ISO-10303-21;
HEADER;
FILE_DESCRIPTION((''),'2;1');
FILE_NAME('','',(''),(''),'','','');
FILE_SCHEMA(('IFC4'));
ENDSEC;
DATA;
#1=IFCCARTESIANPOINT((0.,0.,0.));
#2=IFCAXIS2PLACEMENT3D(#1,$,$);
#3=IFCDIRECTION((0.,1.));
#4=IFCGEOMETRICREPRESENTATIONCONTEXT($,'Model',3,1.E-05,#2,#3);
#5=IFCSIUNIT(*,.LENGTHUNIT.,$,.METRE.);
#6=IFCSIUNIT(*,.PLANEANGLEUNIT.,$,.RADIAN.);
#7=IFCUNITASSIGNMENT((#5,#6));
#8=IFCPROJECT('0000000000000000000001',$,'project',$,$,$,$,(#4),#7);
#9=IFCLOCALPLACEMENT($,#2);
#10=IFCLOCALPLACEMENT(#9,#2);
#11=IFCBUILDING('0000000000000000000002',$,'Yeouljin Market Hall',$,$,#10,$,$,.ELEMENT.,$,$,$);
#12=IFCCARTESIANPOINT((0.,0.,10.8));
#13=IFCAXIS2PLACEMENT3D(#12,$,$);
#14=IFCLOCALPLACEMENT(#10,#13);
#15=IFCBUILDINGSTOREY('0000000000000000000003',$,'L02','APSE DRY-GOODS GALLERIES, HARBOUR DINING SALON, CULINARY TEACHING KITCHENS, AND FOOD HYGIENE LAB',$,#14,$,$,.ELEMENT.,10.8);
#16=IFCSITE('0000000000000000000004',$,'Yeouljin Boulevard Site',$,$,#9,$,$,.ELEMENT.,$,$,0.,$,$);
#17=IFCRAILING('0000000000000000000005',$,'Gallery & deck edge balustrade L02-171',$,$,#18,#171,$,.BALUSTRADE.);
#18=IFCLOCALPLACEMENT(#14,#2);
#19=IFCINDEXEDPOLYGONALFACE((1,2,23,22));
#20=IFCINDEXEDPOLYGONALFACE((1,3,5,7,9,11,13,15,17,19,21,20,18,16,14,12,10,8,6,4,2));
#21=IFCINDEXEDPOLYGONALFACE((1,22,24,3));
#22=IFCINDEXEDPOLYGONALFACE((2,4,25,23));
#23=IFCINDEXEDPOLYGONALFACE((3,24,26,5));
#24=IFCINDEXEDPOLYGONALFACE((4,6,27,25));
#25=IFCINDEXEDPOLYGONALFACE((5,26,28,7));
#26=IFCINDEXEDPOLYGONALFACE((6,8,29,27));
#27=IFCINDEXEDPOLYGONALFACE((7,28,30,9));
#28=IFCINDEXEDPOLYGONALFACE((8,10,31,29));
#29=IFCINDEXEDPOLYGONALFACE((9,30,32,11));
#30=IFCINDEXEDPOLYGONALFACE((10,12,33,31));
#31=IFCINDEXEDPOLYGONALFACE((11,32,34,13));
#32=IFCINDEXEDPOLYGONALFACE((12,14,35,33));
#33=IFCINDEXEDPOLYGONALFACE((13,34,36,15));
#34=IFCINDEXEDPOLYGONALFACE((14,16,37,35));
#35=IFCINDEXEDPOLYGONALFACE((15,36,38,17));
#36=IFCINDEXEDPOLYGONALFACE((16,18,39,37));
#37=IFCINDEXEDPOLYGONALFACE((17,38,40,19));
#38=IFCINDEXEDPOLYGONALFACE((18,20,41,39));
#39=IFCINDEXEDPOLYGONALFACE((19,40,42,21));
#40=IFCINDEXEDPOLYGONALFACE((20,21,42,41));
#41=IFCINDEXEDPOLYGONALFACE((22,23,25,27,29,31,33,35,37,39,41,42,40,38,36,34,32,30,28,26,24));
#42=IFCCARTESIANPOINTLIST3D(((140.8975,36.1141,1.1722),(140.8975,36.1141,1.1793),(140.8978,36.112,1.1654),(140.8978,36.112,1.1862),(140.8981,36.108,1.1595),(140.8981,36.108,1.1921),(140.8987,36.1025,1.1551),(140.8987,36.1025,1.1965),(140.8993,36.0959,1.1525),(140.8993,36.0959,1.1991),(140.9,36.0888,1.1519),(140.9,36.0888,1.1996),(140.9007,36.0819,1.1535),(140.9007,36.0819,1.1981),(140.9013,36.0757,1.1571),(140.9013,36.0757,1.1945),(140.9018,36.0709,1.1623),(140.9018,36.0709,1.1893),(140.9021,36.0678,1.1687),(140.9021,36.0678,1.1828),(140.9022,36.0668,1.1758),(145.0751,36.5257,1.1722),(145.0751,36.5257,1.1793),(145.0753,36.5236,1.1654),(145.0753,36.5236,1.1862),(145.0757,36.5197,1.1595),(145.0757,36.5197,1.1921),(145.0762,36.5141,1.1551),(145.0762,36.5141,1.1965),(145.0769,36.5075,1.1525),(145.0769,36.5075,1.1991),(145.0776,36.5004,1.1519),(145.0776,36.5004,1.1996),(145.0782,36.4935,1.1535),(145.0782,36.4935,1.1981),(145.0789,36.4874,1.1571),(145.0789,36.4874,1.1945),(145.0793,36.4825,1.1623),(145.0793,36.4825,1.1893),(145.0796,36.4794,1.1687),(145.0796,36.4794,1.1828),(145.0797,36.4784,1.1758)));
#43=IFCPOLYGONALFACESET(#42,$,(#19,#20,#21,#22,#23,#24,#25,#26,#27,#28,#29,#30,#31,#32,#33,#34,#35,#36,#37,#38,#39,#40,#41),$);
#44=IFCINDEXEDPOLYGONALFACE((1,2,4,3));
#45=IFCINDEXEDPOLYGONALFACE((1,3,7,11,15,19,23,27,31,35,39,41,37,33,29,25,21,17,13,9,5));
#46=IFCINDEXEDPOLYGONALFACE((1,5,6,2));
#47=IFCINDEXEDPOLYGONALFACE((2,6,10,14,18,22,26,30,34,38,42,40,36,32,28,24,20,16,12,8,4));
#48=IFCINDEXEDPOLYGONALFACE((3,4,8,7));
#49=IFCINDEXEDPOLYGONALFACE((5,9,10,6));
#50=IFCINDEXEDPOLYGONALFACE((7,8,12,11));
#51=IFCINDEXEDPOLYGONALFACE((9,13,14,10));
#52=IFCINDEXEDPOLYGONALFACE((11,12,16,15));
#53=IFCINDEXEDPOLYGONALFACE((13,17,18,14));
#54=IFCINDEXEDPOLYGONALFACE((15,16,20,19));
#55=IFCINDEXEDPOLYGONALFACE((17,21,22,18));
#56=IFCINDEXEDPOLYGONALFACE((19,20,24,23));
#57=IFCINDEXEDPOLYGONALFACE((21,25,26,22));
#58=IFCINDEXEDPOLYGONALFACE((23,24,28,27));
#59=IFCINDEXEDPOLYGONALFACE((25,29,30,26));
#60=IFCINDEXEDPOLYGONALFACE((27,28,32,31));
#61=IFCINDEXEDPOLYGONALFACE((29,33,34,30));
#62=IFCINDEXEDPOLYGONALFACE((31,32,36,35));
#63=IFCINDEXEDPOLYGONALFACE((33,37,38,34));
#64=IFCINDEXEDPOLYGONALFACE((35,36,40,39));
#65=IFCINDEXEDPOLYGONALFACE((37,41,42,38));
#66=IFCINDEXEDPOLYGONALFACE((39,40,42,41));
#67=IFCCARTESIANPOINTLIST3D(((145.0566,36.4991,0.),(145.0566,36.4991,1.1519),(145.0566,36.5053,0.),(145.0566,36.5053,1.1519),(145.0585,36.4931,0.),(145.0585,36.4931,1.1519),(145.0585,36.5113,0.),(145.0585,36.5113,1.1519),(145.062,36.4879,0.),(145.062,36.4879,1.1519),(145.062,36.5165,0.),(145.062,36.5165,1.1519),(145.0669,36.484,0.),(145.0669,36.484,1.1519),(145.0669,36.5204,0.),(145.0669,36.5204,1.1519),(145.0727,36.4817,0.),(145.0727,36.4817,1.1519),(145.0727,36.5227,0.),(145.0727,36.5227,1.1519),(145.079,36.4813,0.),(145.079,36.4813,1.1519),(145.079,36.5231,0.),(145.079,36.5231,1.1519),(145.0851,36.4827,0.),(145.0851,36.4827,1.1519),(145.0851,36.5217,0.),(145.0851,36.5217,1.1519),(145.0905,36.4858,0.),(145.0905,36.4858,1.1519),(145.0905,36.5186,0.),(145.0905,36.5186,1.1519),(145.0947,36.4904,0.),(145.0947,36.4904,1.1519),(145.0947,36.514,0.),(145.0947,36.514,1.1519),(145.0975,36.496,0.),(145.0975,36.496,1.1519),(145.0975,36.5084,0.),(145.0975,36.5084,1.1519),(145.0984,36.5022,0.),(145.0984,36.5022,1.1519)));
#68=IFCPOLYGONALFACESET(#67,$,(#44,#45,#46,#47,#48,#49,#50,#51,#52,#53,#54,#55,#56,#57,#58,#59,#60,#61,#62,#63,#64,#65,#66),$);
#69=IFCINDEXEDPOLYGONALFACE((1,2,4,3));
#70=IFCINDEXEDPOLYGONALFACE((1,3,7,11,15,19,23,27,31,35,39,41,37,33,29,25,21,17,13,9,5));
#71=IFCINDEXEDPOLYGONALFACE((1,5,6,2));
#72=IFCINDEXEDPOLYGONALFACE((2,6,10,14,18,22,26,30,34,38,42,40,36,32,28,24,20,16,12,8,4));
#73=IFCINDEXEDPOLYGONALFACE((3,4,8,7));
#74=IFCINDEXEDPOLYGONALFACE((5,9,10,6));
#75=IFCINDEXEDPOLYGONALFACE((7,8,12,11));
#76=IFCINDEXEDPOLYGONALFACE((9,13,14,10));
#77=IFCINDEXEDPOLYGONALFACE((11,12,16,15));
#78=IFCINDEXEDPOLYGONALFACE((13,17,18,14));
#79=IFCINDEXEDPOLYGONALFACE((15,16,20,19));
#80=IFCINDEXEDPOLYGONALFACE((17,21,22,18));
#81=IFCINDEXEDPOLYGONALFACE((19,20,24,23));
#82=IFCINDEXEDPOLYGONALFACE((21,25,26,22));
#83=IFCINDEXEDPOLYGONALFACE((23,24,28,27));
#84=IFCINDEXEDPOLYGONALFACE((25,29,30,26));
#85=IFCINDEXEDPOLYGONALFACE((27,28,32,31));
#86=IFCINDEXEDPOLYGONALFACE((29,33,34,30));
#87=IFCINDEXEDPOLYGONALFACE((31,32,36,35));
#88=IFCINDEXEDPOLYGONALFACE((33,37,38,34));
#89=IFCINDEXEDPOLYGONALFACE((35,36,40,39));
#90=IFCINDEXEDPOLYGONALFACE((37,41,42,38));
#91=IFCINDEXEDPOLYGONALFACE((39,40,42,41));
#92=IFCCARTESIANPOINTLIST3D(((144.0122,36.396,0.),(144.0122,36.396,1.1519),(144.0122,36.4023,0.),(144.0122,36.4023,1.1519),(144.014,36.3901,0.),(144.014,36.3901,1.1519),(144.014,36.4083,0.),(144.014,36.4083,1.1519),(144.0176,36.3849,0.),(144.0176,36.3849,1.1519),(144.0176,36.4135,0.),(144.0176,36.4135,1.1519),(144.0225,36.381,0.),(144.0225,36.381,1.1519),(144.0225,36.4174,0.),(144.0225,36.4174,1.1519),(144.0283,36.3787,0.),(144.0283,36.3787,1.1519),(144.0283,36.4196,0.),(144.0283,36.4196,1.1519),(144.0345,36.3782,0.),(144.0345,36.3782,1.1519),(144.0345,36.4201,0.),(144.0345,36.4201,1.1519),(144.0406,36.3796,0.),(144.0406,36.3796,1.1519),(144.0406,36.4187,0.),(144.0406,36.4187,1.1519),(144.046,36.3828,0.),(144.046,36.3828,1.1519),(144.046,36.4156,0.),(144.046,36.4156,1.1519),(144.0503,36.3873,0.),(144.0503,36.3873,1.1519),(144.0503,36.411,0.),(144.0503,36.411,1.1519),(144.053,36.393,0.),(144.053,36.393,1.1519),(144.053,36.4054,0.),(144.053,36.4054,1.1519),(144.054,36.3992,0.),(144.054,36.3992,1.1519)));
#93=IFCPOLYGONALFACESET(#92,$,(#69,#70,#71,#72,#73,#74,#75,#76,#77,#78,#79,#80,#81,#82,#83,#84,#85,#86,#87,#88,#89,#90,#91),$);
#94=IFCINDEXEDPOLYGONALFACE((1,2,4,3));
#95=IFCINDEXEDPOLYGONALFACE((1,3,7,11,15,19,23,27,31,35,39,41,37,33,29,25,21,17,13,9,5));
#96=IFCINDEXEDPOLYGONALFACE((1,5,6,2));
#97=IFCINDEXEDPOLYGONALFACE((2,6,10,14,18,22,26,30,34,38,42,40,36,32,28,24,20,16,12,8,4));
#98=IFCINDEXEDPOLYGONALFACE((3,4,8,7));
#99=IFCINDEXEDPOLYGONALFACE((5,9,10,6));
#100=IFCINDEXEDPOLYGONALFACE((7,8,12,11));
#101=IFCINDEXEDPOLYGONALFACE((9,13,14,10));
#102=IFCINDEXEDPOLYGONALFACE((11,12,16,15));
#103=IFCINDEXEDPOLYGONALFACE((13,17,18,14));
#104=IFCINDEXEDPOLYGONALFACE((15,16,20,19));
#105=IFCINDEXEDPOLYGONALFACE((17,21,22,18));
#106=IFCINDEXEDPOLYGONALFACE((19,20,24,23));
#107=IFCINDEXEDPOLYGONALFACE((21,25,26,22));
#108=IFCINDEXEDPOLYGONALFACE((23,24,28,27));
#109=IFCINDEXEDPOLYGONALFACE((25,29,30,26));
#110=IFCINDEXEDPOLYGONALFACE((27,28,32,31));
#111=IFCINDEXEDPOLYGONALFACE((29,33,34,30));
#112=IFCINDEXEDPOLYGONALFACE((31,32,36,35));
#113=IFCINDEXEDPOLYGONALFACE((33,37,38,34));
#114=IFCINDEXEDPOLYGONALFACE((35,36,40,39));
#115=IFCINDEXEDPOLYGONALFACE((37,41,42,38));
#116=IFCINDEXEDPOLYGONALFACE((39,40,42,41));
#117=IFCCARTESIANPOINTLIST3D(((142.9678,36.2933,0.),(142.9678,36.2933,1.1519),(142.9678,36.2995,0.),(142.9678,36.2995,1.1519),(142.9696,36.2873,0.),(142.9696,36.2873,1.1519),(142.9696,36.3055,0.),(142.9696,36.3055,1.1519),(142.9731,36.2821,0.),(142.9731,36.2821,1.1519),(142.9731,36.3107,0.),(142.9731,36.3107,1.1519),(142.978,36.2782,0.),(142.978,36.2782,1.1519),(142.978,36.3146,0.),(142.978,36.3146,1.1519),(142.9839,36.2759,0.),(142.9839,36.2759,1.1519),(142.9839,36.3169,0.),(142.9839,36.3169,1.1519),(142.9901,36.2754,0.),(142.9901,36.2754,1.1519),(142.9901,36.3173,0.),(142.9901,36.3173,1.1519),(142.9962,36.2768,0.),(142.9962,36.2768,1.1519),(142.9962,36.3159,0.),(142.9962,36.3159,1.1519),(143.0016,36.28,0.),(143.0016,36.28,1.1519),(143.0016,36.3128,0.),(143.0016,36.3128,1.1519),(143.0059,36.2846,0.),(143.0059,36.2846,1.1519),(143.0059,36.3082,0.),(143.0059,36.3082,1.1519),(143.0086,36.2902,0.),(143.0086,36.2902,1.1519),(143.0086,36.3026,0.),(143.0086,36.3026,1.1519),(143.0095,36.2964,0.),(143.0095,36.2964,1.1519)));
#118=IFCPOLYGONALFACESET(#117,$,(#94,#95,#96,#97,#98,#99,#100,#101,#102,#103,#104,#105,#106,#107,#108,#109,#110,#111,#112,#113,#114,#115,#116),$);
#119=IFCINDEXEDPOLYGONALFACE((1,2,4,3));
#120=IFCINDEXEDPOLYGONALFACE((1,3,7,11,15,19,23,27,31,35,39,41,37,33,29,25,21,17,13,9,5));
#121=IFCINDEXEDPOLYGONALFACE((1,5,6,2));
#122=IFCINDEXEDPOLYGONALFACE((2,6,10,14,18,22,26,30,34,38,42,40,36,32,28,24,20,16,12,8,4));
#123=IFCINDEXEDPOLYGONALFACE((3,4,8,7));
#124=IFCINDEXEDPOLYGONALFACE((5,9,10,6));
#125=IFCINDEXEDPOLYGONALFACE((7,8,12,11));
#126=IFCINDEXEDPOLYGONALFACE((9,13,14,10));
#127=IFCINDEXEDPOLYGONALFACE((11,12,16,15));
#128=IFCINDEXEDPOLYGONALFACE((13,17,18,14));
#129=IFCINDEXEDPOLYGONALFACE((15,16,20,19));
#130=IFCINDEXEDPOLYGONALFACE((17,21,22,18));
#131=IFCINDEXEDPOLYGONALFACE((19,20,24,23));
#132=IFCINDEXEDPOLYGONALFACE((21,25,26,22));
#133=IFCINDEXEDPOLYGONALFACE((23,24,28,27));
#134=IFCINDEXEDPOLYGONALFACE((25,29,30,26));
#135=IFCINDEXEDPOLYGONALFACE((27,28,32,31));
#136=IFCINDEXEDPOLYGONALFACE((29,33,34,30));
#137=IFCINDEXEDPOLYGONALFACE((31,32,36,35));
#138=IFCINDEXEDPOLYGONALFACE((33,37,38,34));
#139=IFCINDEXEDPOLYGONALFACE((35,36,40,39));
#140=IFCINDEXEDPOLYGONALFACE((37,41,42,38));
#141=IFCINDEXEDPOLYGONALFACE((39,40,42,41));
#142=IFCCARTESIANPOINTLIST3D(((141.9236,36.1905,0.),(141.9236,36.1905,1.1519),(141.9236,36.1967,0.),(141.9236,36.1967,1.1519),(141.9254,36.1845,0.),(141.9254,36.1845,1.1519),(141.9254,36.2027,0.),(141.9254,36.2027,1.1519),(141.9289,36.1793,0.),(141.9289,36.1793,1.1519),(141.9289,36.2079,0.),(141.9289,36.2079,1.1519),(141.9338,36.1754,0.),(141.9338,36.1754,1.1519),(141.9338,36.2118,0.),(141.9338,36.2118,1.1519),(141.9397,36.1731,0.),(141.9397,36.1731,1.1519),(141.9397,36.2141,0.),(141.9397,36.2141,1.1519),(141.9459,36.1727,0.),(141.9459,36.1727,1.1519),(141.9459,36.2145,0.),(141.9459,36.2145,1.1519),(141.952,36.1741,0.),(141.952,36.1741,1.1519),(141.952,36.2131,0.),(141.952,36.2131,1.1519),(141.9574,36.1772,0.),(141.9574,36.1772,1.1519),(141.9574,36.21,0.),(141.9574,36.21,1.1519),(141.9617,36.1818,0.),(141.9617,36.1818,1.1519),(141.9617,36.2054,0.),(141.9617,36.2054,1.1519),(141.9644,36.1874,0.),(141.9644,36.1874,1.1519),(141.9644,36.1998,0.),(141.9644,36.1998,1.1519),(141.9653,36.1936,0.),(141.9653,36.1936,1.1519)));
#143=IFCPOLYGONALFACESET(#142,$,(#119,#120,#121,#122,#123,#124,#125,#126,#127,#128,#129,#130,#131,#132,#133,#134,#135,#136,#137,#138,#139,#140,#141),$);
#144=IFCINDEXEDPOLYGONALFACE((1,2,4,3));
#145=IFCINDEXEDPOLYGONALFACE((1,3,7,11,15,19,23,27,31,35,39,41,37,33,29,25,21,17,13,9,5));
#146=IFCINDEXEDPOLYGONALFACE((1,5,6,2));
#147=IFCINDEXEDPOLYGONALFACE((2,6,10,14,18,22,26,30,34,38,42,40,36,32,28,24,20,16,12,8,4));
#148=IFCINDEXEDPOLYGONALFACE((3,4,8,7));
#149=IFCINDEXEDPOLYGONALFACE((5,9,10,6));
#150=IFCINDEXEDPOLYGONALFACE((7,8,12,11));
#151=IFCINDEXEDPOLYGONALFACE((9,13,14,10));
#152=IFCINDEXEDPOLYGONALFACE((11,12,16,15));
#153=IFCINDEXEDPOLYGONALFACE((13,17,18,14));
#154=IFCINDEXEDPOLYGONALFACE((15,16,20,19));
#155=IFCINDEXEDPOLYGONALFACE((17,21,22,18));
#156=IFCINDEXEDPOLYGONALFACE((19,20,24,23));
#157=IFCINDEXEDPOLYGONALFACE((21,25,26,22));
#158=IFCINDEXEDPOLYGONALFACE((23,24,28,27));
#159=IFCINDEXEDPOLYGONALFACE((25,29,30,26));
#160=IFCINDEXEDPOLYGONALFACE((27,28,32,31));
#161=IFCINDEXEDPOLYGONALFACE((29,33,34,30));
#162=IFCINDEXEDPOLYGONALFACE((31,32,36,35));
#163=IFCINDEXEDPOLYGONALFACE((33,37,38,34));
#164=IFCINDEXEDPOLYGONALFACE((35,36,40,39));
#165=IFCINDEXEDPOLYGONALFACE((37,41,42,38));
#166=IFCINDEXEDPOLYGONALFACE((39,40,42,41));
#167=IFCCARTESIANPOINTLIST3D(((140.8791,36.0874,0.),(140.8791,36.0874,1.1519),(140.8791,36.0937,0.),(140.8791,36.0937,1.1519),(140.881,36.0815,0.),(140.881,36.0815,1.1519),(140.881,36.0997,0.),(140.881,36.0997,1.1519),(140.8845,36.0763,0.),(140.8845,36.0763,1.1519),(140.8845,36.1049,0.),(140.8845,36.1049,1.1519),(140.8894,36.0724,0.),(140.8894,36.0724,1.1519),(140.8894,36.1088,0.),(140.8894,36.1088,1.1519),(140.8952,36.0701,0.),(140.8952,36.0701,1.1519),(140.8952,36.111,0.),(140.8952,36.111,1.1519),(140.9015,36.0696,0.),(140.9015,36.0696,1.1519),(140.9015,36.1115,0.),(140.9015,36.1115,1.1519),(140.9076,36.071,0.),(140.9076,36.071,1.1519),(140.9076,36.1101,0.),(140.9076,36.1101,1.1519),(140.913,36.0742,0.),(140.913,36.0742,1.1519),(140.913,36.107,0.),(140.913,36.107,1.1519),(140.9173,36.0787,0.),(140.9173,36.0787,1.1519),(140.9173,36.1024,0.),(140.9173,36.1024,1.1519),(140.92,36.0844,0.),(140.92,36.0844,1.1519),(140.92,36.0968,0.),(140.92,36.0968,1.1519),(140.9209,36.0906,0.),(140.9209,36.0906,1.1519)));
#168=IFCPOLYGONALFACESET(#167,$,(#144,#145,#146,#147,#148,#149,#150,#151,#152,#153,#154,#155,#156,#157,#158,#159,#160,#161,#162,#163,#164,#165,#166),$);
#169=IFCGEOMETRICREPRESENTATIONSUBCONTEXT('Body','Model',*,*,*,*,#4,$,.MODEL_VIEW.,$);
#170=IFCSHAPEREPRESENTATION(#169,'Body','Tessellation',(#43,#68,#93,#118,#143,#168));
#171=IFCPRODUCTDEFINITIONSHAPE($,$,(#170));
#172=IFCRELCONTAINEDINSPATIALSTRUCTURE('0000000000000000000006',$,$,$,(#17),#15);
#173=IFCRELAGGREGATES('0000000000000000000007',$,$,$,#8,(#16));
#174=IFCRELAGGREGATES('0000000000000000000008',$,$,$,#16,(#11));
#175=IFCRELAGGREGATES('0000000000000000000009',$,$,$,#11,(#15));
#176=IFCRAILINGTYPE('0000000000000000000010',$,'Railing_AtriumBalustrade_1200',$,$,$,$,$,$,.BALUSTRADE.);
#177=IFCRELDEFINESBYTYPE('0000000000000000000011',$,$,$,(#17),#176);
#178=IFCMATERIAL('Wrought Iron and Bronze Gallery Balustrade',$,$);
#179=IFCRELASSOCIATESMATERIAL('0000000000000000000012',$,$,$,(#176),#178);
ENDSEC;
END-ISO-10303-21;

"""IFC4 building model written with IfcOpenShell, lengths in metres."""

from ifc_helpers import new_model, si_unit, direction, frame, origin, origin_2d, place, context, subcontext, project, spatial, circle, extrude, material, type_object, element, save


model = new_model("IFC4")

# Units and contexts
model_context = context("Model", 3, precision=1e-05, world=origin(), true_north=direction((0.0, 1.0)))
body_context = subcontext(model_context, "Body", "Model", "MODEL_VIEW")
ifc_project = project(units=[si_unit("LENGTHUNIT", "METRE"), si_unit("PLANEANGLEUNIT", "RADIAN")], contexts=[model_context])

# Site, building, storey
site_placement = place(None, origin())
site = spatial("IfcSite", under=ifc_project, at=site_placement, Name="Yeouljin Boulevard Site", CompositionType="ELEMENT", RefElevation=0.0)
building_placement = place(site_placement, origin())
building = spatial("IfcBuilding", under=site, at=building_placement, Name="Yeouljin Market Hall", CompositionType="ELEMENT")
storey_placement = place(building_placement, frame((0.0, 0.0, 10.8)))
storey = spatial("IfcBuildingStorey", under=building, at=storey_placement, Name="L02", Description="APSE DRY-GOODS GALLERIES, HARBOUR DINING SALON, CULINARY TEACHING KITCHENS, AND FOOD HYGIENE LAB", CompositionType="ELEMENT", Elevation=10.8)

# Railing
ifc_material_1 = material(Name="Wrought Iron and Bronze Gallery Balustrade")
railing_type = type_object("IfcRailingType", Name="Railing_AtriumBalustrade_1200", PredefinedType="BALUSTRADE", material=ifc_material_1)
railing_1_placement = place(storey_placement, frame((145.0774, 36.5022, 0.0)))
element("IfcRailing", 1, at=railing_1_placement, inside=storey, type_object=railing_type, Name="Gallery & deck edge balustrade L02-171", PredefinedType="BALUSTRADE", context=body_context, shape_type="SweptSolid", body=[
    extrude(circle(Radius=0.0239, at=origin_2d()), frame((0.0, 0.0, 1.1758), z_axis=(-0.995181, -0.098058, 0.0), x_axis=(0.098058, -0.995181, 0.0)), (0.0, 0.0, 1.0), 4.1978),
    extrude(circle(Radius=0.021, at=origin_2d()), origin(), (0.0, 0.0, 1.0), 1.1519),
    extrude(circle(Radius=0.021, at=origin_2d()), frame((-1.0444, -0.103, 0.0)), (0.0, 0.0, 1.0), 1.1519),
    extrude(circle(Radius=0.021, at=origin_2d()), frame((-2.0889, -0.2058, 0.0)), (0.0, 0.0, 1.0), 1.1519),
    extrude(circle(Radius=0.021, at=origin_2d()), frame((-3.1331, -0.3086, 0.0)), (0.0, 0.0, 1.0), 1.1519),
    extrude(circle(Radius=0.021, at=origin_2d()), frame((-4.1775, -0.4116, 0.0)), (0.0, 0.0, 1.0), 1.1519),
])

save(model, "model.ifc")
